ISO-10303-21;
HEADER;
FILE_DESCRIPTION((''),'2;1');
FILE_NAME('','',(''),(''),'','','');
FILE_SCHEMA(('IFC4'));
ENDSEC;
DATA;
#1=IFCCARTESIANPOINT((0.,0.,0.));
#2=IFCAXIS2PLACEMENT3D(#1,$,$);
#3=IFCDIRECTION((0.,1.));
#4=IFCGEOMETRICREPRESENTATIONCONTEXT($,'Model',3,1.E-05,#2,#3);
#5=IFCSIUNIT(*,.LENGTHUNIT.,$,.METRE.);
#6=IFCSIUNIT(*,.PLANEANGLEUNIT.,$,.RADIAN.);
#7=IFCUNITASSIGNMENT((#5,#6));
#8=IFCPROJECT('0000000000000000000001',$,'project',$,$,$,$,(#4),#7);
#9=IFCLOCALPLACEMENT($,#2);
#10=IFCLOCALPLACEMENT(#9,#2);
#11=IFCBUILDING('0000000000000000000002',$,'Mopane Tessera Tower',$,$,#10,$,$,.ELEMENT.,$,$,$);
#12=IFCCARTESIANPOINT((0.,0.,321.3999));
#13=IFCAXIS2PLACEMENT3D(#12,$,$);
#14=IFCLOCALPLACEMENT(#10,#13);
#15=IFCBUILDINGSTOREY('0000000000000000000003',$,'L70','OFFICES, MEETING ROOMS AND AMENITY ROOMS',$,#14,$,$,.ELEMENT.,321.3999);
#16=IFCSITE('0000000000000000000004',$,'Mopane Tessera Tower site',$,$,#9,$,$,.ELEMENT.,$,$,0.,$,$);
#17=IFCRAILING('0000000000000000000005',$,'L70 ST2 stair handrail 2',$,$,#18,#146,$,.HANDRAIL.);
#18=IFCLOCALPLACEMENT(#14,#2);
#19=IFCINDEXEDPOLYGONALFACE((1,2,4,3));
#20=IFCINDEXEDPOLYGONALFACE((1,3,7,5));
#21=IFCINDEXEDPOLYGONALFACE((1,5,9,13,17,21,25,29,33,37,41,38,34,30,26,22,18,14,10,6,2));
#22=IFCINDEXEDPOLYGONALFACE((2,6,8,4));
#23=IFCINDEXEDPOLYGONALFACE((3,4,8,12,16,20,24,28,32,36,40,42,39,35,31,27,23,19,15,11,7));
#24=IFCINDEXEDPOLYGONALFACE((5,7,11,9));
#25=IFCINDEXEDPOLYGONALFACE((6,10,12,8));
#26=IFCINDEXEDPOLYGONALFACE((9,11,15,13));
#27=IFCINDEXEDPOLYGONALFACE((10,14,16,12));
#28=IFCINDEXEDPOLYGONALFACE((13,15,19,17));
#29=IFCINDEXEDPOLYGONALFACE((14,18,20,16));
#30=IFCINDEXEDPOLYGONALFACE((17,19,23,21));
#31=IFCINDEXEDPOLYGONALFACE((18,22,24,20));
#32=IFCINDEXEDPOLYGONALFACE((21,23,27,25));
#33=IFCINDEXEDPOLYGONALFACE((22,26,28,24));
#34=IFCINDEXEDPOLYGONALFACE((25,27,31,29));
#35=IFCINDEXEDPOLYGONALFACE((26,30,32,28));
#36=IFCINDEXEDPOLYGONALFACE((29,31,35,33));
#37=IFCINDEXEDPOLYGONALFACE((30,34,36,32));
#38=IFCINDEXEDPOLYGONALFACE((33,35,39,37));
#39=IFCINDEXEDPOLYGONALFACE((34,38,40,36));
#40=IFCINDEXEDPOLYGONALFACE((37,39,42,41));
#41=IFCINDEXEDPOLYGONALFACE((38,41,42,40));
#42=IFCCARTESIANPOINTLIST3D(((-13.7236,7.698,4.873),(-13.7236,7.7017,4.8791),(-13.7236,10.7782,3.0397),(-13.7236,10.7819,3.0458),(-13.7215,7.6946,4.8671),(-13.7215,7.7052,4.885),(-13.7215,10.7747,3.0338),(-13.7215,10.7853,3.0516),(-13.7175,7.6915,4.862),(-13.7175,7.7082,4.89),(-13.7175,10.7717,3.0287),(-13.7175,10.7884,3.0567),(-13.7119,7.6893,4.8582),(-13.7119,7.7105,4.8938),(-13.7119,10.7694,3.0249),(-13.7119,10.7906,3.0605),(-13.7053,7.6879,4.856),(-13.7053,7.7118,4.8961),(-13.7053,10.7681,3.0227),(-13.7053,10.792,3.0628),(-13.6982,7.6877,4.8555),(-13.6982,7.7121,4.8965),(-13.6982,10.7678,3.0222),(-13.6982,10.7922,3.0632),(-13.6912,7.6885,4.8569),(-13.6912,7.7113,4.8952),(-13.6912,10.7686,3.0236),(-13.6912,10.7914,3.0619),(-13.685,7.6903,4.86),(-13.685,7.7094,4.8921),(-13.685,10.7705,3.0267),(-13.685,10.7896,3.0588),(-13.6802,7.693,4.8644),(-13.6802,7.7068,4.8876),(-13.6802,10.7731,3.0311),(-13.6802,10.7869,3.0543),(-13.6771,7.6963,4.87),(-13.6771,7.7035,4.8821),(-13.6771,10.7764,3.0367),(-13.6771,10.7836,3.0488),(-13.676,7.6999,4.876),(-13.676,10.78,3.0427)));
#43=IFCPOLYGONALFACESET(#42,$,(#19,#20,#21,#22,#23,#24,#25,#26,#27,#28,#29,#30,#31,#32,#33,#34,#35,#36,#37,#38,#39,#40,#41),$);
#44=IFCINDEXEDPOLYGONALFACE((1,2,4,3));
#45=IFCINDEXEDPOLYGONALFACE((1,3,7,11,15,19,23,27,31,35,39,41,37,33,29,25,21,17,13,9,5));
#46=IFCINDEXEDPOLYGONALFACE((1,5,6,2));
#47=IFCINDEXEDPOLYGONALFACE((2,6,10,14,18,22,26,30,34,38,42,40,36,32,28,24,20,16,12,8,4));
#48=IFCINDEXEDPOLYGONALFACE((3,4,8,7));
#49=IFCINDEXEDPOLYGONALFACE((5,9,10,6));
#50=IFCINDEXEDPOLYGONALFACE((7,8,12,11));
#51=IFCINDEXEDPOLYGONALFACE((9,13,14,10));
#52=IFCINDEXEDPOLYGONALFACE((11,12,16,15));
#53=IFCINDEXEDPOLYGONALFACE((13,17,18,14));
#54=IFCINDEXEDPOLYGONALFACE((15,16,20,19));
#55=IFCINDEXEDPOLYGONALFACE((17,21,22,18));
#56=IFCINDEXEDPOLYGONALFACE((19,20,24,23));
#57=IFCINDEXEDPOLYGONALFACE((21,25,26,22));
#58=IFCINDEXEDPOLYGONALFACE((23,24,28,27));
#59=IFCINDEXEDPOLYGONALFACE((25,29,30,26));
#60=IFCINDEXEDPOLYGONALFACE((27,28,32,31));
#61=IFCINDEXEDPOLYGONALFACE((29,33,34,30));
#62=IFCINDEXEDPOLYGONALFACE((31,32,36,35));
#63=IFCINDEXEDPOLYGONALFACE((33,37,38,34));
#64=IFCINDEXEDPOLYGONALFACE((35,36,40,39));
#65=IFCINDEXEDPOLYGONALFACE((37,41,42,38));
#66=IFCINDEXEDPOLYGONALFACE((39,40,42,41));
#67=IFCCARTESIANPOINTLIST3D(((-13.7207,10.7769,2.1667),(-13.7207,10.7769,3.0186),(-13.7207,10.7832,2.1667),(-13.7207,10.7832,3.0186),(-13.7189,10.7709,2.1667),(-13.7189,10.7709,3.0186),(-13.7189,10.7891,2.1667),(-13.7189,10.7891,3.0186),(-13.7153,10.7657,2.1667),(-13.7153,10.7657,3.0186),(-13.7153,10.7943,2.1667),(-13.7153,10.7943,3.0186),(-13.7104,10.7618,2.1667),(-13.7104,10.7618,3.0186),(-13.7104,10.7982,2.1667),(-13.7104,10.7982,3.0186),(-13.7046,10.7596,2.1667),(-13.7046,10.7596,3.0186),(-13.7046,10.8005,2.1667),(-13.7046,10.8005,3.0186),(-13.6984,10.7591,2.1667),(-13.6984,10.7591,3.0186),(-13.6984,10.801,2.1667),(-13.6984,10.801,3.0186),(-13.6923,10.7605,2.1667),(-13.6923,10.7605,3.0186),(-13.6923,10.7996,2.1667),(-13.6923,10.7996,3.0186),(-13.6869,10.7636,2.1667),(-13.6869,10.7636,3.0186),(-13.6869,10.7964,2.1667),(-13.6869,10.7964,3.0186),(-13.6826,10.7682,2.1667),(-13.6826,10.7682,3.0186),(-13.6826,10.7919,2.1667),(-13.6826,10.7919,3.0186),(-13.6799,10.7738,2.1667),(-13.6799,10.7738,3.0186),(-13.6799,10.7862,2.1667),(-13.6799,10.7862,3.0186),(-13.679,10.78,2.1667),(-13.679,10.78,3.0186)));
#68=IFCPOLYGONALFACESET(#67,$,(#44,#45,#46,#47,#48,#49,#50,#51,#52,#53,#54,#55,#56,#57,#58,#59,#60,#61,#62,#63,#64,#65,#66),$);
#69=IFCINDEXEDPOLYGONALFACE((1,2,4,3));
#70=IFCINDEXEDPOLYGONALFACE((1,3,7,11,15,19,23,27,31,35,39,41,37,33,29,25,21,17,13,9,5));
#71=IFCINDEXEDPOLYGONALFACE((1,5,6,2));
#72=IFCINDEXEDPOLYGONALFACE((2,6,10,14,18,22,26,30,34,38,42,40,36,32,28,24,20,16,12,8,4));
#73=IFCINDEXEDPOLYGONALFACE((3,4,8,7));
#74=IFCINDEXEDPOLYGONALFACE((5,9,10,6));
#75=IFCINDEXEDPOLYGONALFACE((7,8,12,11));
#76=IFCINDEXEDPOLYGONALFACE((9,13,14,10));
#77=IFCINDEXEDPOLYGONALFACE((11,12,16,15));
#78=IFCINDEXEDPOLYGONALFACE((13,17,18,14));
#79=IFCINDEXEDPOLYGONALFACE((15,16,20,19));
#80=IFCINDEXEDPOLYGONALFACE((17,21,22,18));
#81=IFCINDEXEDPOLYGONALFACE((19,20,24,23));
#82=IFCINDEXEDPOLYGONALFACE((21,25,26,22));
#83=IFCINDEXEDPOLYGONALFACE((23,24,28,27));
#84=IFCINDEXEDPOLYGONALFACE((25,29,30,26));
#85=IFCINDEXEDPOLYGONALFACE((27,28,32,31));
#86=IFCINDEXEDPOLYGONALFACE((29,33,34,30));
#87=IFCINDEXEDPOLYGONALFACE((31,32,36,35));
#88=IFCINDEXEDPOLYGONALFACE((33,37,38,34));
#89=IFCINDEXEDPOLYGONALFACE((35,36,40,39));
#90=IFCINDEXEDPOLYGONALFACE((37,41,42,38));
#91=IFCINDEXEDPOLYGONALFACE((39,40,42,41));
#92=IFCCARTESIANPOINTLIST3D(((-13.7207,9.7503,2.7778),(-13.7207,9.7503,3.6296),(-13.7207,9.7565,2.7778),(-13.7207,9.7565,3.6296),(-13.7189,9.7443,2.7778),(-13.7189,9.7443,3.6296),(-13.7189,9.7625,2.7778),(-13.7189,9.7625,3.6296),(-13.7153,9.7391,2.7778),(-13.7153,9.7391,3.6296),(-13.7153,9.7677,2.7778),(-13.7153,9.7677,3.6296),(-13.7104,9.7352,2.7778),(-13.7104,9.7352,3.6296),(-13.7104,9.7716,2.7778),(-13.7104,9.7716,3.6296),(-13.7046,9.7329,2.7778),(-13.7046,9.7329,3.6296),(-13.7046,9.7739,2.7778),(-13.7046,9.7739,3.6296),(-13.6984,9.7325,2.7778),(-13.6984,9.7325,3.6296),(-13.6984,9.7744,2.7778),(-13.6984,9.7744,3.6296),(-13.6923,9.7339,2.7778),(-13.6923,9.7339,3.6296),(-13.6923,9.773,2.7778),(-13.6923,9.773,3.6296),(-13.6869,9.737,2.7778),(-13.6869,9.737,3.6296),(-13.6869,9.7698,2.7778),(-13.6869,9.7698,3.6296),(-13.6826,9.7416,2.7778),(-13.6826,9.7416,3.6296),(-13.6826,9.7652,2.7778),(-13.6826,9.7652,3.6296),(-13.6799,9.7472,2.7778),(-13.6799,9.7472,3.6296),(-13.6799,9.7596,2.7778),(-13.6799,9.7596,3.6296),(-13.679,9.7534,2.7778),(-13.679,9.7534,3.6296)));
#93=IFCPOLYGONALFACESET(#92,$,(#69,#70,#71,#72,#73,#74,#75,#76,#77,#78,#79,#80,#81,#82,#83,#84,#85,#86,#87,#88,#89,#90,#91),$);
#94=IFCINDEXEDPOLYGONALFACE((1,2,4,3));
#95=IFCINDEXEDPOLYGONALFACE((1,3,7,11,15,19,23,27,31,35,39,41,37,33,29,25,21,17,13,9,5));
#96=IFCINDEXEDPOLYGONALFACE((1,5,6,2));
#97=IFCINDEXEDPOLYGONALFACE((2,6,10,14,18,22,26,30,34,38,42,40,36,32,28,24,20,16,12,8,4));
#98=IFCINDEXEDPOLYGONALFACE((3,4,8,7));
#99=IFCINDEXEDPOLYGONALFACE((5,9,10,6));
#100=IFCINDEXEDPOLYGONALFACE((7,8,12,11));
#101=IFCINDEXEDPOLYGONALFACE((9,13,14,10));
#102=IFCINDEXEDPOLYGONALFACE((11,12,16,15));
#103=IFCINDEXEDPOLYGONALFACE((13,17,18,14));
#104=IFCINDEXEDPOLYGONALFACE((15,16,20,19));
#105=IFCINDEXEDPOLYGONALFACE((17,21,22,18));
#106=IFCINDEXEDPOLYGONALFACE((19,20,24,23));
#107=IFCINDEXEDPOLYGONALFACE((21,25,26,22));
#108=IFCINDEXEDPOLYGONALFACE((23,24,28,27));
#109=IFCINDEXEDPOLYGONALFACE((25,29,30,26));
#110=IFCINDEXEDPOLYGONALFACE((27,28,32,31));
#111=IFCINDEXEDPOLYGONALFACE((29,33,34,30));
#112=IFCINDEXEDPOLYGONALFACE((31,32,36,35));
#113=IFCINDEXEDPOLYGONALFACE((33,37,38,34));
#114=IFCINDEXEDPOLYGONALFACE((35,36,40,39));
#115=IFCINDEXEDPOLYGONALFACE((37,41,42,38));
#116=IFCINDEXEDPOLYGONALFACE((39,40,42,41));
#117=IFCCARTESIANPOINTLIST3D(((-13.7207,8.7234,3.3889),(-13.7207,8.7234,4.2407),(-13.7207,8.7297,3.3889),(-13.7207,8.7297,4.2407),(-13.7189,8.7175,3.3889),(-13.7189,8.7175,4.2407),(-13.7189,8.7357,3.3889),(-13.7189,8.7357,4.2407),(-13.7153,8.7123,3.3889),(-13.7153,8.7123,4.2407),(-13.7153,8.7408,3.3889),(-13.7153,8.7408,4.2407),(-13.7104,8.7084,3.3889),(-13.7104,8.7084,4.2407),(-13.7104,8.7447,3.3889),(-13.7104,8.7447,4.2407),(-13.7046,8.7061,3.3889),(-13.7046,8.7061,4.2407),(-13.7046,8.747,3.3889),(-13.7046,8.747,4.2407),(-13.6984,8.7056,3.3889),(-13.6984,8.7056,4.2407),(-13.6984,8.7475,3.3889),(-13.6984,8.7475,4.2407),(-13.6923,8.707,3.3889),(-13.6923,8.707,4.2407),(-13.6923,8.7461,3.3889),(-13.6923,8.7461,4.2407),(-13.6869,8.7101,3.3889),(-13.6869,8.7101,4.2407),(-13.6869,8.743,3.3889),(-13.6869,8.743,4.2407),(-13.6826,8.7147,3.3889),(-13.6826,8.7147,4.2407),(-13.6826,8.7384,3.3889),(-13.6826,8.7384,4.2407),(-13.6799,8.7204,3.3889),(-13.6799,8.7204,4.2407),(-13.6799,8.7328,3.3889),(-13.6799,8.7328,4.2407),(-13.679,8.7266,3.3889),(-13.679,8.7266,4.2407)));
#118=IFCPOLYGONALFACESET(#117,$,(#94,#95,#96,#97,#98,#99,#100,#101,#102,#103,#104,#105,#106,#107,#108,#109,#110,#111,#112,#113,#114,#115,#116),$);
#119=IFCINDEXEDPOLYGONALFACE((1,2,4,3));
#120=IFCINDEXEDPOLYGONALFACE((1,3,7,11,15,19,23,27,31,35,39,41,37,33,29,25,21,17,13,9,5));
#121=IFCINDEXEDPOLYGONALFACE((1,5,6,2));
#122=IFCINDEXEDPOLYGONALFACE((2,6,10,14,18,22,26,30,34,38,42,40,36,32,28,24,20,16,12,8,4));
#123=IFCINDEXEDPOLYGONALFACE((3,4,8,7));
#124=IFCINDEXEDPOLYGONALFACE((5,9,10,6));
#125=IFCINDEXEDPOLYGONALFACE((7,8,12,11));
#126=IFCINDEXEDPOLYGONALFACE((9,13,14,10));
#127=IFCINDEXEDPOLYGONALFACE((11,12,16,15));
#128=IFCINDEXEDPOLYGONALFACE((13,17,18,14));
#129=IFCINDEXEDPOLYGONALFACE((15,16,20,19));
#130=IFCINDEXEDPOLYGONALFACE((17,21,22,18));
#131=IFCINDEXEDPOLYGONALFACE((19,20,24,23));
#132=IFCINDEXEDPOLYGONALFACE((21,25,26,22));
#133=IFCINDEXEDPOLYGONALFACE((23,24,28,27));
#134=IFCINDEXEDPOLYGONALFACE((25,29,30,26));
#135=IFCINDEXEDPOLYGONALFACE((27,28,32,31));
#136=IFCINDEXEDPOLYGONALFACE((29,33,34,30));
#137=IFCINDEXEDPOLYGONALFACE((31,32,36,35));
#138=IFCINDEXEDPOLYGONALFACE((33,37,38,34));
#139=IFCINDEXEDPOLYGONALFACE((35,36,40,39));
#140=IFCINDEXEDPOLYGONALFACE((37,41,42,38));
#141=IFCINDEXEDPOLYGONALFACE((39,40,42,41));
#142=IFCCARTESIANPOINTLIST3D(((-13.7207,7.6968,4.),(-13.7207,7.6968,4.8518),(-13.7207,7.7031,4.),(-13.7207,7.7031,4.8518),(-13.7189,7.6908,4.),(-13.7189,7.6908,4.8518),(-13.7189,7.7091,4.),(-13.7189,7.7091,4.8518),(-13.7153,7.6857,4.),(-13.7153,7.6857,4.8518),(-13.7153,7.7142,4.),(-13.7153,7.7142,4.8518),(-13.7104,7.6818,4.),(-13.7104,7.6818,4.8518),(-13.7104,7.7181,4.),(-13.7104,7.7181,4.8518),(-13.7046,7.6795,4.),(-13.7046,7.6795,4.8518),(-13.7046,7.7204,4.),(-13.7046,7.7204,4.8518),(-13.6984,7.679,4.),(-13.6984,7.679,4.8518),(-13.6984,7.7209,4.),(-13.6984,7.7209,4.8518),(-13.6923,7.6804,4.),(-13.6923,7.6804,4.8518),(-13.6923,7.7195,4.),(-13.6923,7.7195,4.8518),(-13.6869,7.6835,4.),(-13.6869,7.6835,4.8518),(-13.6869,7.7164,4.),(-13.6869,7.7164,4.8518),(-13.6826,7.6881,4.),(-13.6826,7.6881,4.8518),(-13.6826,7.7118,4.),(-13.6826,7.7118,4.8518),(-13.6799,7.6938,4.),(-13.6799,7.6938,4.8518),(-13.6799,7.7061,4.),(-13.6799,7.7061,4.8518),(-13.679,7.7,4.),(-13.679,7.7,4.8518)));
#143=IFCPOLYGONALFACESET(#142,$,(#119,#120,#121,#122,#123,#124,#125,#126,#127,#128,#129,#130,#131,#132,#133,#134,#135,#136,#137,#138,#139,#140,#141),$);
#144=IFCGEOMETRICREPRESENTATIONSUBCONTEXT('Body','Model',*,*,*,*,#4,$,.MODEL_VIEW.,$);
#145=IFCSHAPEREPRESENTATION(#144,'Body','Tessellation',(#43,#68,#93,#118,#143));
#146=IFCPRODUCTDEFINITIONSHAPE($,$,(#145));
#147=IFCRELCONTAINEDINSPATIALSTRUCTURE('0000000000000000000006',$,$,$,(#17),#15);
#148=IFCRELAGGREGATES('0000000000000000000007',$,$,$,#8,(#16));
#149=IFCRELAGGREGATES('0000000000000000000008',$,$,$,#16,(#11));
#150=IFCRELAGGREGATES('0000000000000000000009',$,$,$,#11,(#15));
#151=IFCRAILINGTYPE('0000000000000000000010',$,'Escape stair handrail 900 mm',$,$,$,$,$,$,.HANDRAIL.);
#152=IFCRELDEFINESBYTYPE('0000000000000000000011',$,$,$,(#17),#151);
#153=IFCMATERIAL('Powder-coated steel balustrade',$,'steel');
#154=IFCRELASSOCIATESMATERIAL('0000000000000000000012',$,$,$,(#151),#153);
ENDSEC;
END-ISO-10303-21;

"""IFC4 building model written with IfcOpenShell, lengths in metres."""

from ifc_helpers import new_model, si_unit, direction, frame, origin, origin_2d, place, context, subcontext, project, spatial, circle, extrude, material, type_object, element, save


model = new_model("IFC4")

# Units and contexts
model_context = context("Model", 3, precision=1e-05, world=origin(), true_north=direction((0.0, 1.0)))
body_context = subcontext(model_context, "Body", "Model", "MODEL_VIEW")
ifc_project = project(units=[si_unit("LENGTHUNIT", "METRE"), si_unit("PLANEANGLEUNIT", "RADIAN")], contexts=[model_context])

# Site, building, storey
site_placement = place(None, origin())
site = spatial("IfcSite", under=ifc_project, at=site_placement, Name="Mopane Tessera Tower site", CompositionType="ELEMENT", RefElevation=0.0)
building_placement = place(site_placement, origin())
building = spatial("IfcBuilding", under=site, at=building_placement, Name="Mopane Tessera Tower", CompositionType="ELEMENT")
storey_placement = place(building_placement, frame((0.0, 0.0, 321.3999)))
storey = spatial("IfcBuildingStorey", under=building, at=storey_placement, Name="L70", Description="OFFICES, MEETING ROOMS AND AMENITY ROOMS", CompositionType="ELEMENT", Elevation=321.3999)

# Railing
ifc_material_1 = material(Name="Powder-coated steel balustrade", Category="steel")
railing_type_1 = type_object("IfcRailingType", Name="Escape stair handrail 900 mm", PredefinedType="HANDRAIL", material=ifc_material_1)
railing_1_placement = place(storey_placement, frame((-13.7, 10.78, 2.1667)))
element("IfcRailing", 1, at=railing_1_placement, inside=storey, type_object=railing_type_1, Name="L70 ST2 stair handrail 2", PredefinedType="HANDRAIL", context=body_context, shape_type="SweptSolid", body=[
    extrude(circle(Radius=0.0239, at=origin_2d()), frame((0.0, 0.0, 0.876), z_axis=(0.0, -0.859309, 0.511458), x_axis=(1.0, 0.0, 0.0)), (0.0, 0.0, 1.0), 3.5845),
    extrude(circle(Radius=0.021, at=origin_2d()), origin(), (0.0, 0.0, 1.0), 0.8518),
    extrude(circle(Radius=0.021, at=origin_2d()), frame((0.0, -1.0266, 0.6111)), (0.0, 0.0, 1.0), 0.8518),
    extrude(circle(Radius=0.021, at=origin_2d()), frame((0.0, -2.0535, 1.2222)), (0.0, 0.0, 1.0), 0.8518),
    extrude(circle(Radius=0.021, at=origin_2d()), frame((0.0, -3.0801, 1.8333)), (0.0, 0.0, 1.0), 0.8518),
])

save(model, "model.ifc")
